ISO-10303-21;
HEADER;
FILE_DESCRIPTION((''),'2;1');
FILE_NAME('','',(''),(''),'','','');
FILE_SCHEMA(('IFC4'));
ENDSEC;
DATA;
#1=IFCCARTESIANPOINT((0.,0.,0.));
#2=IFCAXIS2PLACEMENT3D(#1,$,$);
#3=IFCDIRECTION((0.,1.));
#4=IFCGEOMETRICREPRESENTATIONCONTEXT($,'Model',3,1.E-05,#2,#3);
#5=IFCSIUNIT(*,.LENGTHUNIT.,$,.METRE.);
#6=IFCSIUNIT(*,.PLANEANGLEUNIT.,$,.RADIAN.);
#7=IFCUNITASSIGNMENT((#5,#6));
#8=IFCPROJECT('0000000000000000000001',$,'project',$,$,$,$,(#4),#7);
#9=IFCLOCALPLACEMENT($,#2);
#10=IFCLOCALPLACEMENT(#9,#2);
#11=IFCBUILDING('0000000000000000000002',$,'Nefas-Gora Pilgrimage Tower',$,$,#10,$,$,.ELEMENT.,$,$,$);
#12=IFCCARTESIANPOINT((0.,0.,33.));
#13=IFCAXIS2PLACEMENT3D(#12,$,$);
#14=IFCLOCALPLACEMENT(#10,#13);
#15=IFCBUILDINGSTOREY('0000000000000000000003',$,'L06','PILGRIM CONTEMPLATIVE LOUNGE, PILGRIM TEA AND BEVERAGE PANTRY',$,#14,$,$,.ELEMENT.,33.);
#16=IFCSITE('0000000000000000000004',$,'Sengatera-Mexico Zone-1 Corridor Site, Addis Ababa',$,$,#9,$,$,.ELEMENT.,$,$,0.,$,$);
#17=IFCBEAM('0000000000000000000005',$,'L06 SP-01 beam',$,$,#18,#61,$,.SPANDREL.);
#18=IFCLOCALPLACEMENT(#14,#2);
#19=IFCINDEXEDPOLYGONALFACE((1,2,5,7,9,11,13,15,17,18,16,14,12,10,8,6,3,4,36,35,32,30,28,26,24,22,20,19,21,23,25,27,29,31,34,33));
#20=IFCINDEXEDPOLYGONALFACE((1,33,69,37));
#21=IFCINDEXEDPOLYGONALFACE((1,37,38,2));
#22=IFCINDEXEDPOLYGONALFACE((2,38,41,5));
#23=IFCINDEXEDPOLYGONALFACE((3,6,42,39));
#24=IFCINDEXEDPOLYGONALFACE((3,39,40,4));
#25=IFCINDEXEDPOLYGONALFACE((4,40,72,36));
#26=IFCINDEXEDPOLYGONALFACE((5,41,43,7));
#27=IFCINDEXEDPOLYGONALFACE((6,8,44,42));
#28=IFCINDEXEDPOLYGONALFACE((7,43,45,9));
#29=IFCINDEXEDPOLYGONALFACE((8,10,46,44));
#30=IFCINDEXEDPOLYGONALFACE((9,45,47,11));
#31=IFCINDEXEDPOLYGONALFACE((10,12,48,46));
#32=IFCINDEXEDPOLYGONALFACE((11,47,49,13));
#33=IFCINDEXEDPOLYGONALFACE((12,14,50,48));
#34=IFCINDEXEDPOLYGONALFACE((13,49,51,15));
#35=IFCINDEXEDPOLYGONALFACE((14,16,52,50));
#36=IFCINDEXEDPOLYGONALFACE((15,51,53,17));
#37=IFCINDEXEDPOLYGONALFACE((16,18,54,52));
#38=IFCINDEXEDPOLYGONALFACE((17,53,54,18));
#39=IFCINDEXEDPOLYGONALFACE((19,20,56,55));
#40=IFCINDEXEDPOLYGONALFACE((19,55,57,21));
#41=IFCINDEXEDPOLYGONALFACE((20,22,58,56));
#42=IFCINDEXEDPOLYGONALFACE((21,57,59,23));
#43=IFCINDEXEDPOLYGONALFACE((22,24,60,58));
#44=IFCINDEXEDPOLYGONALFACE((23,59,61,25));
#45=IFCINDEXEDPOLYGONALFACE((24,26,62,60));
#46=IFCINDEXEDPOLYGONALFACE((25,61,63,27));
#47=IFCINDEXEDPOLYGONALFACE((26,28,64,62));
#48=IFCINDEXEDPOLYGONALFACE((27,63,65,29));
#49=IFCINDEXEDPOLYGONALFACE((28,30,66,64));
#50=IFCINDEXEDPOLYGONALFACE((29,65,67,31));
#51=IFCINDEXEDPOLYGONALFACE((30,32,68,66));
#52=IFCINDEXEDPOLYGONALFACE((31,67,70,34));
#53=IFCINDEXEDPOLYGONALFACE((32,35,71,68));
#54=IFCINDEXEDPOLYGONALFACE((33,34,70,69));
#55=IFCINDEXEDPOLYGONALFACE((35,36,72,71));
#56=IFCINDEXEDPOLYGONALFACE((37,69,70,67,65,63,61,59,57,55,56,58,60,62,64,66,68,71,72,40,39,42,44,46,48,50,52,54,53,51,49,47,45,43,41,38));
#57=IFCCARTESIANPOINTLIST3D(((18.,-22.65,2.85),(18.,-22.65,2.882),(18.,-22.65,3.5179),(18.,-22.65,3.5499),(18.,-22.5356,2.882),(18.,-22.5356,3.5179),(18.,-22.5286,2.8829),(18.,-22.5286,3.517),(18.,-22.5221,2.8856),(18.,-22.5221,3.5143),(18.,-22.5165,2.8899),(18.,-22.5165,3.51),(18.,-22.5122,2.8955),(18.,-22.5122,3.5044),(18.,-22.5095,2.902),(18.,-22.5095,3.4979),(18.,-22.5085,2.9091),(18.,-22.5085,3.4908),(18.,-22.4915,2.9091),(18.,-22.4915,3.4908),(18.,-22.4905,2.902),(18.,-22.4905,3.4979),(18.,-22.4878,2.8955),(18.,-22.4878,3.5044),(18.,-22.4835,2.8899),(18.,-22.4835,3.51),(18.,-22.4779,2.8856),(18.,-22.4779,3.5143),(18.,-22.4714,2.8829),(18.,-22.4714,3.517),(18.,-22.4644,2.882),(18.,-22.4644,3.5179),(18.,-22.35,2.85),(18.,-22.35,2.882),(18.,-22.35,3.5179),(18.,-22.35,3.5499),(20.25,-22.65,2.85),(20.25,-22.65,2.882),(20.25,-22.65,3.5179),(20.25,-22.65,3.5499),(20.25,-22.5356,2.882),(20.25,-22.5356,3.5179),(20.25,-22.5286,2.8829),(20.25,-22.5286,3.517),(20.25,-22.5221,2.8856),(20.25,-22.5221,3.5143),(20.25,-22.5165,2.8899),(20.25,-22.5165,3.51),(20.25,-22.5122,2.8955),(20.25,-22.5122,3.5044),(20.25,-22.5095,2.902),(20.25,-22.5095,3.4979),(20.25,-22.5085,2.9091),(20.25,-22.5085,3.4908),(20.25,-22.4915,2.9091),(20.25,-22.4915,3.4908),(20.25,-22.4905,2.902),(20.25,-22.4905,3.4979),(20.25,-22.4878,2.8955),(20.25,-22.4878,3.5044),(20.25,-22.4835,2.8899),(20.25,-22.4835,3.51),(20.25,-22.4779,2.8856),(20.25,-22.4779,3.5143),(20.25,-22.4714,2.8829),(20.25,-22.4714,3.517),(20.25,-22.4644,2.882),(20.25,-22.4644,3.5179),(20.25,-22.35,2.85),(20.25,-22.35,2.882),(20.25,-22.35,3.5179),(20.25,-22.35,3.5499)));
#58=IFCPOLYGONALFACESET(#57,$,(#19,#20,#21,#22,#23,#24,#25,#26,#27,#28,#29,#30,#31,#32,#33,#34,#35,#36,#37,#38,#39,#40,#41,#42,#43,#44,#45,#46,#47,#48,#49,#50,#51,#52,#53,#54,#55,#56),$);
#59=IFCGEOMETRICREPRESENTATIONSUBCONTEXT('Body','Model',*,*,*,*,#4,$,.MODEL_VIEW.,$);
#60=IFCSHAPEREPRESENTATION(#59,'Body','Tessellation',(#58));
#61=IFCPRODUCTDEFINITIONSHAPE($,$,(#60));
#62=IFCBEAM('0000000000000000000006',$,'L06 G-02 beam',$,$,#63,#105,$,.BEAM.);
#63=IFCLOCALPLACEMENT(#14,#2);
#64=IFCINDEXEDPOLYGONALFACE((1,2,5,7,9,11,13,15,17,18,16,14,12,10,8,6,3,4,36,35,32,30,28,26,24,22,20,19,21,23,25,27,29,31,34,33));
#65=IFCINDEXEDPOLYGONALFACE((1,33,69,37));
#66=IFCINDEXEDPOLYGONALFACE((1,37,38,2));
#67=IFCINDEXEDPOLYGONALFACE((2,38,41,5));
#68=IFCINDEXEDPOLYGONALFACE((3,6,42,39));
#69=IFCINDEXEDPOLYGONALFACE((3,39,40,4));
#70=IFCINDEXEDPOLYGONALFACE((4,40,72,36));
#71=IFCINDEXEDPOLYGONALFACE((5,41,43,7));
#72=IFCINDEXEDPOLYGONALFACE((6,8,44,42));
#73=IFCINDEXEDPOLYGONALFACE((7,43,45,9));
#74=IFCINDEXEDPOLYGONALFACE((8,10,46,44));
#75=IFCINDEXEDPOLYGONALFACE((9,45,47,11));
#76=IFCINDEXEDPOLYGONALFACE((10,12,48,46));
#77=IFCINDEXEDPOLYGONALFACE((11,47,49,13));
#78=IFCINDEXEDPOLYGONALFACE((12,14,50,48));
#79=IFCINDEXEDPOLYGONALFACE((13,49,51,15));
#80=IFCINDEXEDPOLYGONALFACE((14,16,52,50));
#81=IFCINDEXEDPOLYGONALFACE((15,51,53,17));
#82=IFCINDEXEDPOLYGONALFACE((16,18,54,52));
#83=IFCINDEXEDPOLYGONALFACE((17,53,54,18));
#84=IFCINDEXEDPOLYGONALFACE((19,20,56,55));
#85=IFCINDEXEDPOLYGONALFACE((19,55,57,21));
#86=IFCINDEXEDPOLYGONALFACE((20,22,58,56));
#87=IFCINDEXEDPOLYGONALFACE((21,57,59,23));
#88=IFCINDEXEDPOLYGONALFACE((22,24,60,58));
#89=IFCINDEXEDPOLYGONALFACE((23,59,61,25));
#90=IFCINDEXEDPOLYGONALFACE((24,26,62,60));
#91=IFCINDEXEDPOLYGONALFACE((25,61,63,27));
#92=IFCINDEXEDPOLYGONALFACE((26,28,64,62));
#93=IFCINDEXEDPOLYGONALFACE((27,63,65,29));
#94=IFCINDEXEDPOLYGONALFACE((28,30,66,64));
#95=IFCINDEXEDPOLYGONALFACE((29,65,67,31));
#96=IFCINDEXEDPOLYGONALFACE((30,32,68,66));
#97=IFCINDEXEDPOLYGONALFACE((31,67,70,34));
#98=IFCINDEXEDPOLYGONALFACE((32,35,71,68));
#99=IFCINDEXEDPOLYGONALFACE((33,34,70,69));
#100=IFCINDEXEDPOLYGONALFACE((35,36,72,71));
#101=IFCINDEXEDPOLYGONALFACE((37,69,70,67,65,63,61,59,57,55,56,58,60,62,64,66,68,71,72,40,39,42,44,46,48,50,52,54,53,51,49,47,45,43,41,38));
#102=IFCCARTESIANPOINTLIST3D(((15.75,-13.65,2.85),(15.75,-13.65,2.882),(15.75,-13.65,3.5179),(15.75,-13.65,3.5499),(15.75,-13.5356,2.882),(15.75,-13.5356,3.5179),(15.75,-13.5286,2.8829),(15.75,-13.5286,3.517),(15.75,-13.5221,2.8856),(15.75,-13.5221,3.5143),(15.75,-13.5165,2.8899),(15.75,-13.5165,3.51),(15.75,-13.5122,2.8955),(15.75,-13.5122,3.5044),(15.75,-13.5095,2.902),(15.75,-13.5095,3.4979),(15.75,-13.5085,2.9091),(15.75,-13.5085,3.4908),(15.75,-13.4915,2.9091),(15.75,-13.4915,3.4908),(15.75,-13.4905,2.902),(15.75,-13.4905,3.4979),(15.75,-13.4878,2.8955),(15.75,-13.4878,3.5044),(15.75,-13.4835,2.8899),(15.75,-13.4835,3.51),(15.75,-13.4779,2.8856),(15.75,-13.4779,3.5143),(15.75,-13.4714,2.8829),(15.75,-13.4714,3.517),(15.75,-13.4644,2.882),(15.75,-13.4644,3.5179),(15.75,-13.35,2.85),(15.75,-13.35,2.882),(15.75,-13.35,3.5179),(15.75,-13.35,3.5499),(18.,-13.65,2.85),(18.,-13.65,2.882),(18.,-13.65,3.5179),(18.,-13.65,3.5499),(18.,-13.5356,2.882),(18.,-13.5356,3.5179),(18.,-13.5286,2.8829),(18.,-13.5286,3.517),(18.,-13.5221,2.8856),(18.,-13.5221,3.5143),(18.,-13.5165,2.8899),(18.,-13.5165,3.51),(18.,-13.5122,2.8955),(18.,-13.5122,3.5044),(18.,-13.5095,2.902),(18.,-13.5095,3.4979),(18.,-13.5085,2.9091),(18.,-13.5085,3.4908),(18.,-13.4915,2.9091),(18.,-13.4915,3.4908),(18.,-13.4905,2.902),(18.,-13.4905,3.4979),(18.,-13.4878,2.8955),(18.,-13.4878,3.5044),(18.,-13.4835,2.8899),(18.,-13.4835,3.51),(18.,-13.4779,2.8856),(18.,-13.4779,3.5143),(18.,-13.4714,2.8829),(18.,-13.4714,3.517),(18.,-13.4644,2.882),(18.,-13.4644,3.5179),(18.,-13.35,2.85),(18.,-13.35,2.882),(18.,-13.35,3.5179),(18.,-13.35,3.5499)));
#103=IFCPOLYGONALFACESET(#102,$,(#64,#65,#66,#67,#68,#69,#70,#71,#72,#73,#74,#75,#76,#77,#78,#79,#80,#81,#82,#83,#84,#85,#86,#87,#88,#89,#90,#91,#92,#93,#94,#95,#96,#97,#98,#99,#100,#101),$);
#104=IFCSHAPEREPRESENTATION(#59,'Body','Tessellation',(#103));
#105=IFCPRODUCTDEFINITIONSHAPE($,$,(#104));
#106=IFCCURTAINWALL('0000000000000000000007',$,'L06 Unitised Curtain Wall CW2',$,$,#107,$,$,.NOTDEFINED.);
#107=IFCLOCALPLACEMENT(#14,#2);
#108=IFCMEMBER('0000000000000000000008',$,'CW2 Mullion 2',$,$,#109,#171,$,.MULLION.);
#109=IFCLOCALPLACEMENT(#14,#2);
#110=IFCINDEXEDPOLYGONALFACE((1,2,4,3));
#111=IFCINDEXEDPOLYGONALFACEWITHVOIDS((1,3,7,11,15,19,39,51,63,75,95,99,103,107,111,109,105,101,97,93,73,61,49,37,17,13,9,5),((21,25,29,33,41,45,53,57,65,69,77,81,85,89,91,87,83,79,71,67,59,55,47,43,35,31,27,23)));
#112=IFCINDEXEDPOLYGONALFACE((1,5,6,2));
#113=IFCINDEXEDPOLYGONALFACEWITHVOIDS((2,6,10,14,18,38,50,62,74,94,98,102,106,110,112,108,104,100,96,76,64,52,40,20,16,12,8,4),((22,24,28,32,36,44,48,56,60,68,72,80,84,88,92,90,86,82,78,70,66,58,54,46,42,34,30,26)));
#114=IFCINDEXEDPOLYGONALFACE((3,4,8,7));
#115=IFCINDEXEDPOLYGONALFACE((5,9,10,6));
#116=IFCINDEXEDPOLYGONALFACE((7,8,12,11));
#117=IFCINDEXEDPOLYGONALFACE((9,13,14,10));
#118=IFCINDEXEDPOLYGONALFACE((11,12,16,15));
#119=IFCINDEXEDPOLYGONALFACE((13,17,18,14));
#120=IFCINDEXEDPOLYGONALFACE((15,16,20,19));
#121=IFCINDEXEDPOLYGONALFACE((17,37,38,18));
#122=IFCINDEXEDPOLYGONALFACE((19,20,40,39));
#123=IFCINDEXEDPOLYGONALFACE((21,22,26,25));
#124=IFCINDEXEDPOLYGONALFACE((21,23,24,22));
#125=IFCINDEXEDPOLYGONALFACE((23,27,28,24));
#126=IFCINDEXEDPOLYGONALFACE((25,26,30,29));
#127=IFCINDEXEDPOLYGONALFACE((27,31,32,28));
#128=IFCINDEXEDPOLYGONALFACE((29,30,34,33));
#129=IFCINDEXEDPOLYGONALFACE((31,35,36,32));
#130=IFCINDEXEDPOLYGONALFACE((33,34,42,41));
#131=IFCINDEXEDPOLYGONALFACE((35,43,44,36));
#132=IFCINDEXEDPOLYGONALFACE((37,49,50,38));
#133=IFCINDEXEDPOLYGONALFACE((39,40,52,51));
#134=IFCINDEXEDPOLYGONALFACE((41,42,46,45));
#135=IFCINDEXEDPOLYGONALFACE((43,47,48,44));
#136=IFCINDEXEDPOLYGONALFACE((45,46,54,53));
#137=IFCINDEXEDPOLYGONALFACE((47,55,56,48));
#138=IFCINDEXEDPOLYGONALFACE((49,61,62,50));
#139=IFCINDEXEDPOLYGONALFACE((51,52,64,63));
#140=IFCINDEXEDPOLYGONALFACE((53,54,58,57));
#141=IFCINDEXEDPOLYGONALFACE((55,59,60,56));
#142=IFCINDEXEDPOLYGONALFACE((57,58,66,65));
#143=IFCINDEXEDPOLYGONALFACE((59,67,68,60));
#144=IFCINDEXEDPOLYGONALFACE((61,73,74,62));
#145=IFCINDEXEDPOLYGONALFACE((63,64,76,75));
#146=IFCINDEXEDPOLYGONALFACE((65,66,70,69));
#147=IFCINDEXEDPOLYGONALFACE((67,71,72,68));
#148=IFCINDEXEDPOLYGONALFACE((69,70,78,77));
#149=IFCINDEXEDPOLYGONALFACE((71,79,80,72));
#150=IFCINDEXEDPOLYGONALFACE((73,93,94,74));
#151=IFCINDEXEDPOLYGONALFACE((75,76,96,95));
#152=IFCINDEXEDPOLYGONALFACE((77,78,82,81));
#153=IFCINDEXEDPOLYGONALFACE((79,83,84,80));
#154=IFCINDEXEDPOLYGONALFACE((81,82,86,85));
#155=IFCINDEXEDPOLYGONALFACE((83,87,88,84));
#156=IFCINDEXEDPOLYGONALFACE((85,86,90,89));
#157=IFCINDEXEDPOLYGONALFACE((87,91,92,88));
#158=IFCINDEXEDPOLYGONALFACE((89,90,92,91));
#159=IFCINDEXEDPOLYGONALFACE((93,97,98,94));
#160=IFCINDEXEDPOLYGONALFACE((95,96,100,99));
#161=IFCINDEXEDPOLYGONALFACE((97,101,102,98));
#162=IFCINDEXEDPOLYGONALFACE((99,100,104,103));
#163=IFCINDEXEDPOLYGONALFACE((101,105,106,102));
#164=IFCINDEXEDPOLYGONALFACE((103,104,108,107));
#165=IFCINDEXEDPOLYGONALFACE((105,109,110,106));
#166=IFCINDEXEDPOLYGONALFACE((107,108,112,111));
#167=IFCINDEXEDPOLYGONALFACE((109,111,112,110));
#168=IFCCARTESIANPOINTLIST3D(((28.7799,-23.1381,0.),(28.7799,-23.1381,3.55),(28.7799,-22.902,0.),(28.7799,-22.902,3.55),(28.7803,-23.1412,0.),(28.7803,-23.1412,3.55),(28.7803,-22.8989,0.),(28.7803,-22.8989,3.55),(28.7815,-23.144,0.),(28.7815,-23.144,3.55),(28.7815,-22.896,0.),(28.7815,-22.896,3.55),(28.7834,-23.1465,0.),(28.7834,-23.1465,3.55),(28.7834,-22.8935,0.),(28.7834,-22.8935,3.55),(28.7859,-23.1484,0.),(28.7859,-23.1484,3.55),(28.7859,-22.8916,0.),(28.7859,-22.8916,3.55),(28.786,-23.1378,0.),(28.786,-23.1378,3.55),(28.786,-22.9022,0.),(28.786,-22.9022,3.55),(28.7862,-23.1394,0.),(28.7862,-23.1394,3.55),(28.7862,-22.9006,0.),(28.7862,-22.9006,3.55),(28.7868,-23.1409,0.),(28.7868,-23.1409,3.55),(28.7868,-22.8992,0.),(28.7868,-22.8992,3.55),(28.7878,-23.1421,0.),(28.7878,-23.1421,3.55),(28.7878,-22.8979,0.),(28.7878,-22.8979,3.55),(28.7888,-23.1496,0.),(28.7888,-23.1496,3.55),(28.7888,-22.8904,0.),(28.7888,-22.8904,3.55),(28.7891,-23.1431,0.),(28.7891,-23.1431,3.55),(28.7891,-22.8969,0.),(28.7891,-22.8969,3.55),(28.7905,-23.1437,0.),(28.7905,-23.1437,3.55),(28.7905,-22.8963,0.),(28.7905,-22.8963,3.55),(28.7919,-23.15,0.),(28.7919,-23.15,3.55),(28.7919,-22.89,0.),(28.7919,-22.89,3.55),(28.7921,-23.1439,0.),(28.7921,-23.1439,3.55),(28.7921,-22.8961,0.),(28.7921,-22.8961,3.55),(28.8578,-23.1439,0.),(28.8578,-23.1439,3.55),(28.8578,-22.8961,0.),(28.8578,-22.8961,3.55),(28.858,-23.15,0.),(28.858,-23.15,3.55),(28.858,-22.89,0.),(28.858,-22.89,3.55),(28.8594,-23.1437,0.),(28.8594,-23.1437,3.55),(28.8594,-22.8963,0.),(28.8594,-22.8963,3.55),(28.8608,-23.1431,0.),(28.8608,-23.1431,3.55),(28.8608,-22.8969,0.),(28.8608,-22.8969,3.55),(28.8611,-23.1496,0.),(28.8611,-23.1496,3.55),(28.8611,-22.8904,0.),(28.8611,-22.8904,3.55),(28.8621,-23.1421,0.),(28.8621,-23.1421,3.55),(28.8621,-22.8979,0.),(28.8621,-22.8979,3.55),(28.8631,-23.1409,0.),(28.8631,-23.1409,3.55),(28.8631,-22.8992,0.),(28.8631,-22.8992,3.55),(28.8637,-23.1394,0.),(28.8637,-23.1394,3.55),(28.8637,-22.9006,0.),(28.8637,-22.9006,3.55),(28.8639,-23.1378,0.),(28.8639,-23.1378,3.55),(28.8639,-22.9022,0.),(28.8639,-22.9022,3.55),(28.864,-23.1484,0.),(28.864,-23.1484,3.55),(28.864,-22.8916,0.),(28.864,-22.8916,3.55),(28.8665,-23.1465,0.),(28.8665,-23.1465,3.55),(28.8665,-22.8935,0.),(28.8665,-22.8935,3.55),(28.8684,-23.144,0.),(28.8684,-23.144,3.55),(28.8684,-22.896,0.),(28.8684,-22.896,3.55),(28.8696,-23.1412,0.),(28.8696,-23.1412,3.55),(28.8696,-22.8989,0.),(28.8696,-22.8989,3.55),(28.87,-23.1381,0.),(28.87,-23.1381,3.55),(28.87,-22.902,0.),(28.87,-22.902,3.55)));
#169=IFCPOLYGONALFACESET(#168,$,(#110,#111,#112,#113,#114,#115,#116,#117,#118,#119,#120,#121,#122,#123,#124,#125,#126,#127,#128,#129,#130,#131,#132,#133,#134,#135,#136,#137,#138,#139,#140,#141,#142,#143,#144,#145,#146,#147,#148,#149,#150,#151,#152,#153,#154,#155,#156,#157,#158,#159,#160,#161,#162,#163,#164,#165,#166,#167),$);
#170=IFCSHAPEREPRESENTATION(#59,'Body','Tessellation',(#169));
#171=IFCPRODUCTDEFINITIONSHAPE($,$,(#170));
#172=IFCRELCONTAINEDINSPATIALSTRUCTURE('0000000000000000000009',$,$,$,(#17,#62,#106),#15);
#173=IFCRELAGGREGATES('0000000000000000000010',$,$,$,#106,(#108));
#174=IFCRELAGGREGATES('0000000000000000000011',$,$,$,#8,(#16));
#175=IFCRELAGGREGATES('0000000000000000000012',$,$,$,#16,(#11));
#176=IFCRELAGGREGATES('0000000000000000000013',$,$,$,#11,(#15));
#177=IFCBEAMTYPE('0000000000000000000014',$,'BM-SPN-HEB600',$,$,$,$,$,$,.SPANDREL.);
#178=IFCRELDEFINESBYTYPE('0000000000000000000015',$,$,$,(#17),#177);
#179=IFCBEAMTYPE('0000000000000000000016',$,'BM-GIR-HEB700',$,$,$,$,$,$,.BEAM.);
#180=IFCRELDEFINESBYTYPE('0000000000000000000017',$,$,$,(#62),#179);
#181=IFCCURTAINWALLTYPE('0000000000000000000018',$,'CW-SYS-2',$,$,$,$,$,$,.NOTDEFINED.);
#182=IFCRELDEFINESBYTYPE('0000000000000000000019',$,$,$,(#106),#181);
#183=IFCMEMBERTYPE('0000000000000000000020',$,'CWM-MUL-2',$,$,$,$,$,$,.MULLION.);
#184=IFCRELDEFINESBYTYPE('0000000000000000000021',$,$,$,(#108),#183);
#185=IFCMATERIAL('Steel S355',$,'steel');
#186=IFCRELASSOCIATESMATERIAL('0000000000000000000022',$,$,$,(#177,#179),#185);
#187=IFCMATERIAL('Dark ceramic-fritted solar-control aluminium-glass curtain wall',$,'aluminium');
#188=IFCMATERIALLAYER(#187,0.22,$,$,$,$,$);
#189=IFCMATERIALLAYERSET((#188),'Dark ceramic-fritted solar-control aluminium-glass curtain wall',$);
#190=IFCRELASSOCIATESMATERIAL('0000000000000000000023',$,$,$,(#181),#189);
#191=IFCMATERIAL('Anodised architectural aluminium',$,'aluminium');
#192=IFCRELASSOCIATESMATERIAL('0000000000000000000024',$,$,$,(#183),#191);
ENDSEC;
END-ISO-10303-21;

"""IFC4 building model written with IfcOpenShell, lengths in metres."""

from ifc_helpers import new_model, si_unit, direction, frame, origin, origin_2d, place, context, subcontext, project, spatial, hollow_rectangle, i_section, extrude, source, transform, mapped, material, layer, layer_set, material_profile, profile_set, type_object, element, aggregate, save


model = new_model("IFC4")

# Units and contexts
model_context = context("Model", 3, precision=1e-05, world=origin(), true_north=direction((0.0, 1.0)))
body_context = subcontext(model_context, "Body", "Model", "MODEL_VIEW")
ifc_project = project(units=[si_unit("LENGTHUNIT", "METRE"), si_unit("PLANEANGLEUNIT", "RADIAN")], contexts=[model_context])

# Site, building, storey
site_placement = place(None, origin())
site = spatial("IfcSite", under=ifc_project, at=site_placement, Name="Sengatera-Mexico Zone-1 Corridor Site, Addis Ababa", CompositionType="ELEMENT", RefElevation=0.0)
building_placement = place(site_placement, origin())
building = spatial("IfcBuilding", under=site, at=building_placement, Name="Nefas-Gora Pilgrimage Tower", CompositionType="ELEMENT")
storey_placement = place(building_placement, frame((0.0, 0.0, 33.0)))
storey = spatial("IfcBuildingStorey", under=building, at=storey_placement, Name="L06", Description="PILGRIM CONTEMPLATIVE LOUNGE, PILGRIM TEA AND BEVERAGE PANTRY", CompositionType="ELEMENT", Elevation=33.0)

# Beams
ifc_material_1 = material(Name="Steel S355", Category="steel")
ifc_material_profile_1 = material_profile(ifc_material_1, i_section(OverallWidth=0.3, OverallDepth=0.7, WebThickness=0.0171, FlangeThickness=0.032, FilletRadius=0.0271, at=origin_2d()), Name="HEB 700")
ifc_profile_set_1 = profile_set([ifc_material_profile_1], Name="Steel S355")
beam_type_1 = type_object("IfcBeamType", Name="BM-SPN-HEB600", PredefinedType="SPANDREL", material=ifc_profile_set_1)
ifc_material_profile_2 = material_profile(ifc_material_1, i_section(OverallWidth=0.3, OverallDepth=0.7, WebThickness=0.0171, FlangeThickness=0.032, FilletRadius=0.0271, at=origin_2d()), Name="HEB 700")
ifc_profile_set_2 = profile_set([ifc_material_profile_2], Name="Steel S355")
beam_type_2 = type_object("IfcBeamType", Name="BM-GIR-HEB700", PredefinedType="BEAM", material=ifc_profile_set_2)
shared_shape_1 = source(origin(), body_context, "Body", "SweptSolid", [
    extrude(i_section(OverallWidth=0.3, OverallDepth=0.7, WebThickness=0.0171, FlangeThickness=0.032, FilletRadius=0.0271, at=origin_2d()), origin(), (0.0, 0.0, 1.0), 2.25),
])
for number, where, z_axis, x_axis, name in (
    (1, (18.0, -22.5, 3.2), (1.0, 0.0, 0.0), (0.0, 1.0, 0.0), "L06 SP-01 beam"),
):
    element("IfcBeam", number, at=place(storey_placement, frame(where, z_axis=z_axis, x_axis=x_axis)), inside=storey, type_object=beam_type_1, Name=name, PredefinedType="SPANDREL", context=body_context, shape_type="MappedRepresentation", body=[
        mapped(shared_shape_1, transform((0.0, 0.0, 0.0), x_axis=(1.0, 0.0, 0.0), y_axis=(0.0, 1.0, 0.0), z_axis=(0.0, 0.0, 1.0), scale=1.0)),
    ])
shared_shape_2 = source(origin(), body_context, "Body", "SweptSolid", [
    extrude(i_section(OverallWidth=0.3, OverallDepth=0.7, WebThickness=0.0171, FlangeThickness=0.032, FilletRadius=0.0271, at=origin_2d()), origin(), (0.0, 0.0, 1.0), 2.25),
])
beam_1_placement = place(storey_placement, frame((15.75, -13.5, 3.2), z_axis=(1.0, 0.0, 0.0), x_axis=(0.0, 1.0, 0.0)))
element("IfcBeam", 2, at=beam_1_placement, inside=storey, type_object=beam_type_2, Name="L06 G-02 beam", PredefinedType="BEAM", context=body_context, shape_type="MappedRepresentation", body=[
    mapped(shared_shape_2, transform((0.0, 0.0, 0.0), x_axis=(1.0, 0.0, 0.0), y_axis=(0.0, 1.0, 0.0), z_axis=(0.0, 0.0, 1.0), scale=1.0)),
])

# Curtain wall, member
ifc_material_2 = material(Name="Dark ceramic-fritted solar-control aluminium-glass curtain wall", Category="aluminium")
ifc_layer_1 = layer(ifc_material_2, 0.22)
ifc_layer_set_1 = layer_set([ifc_layer_1], Name="Dark ceramic-fritted solar-control aluminium-glass curtain wall")
curtain_wall_type = type_object("IfcCurtainWallType", Name="CW-SYS-2", PredefinedType="NOTDEFINED", material=ifc_layer_set_1)
curtain_wall_1_placement = place(storey_placement, origin())
curtain_wall_1 = element("IfcCurtainWall", 3, at=curtain_wall_1_placement, inside=storey, type_object=curtain_wall_type, Name="L06 Unitised Curtain Wall CW2", PredefinedType="NOTDEFINED")
ifc_material_3 = material(Name="Anodised architectural aluminium", Category="aluminium")
ifc_material_profile_3 = material_profile(ifc_material_3, hollow_rectangle(XDim=0.0901, YDim=0.26, WallThickness=0.0061, InnerFilletRadius=0.0061, OuterFilletRadius=0.012, at=origin_2d()), Name="ALU MULLION 90x260")
ifc_profile_set_3 = profile_set([ifc_material_profile_3], Name="Anodised architectural aluminium")
member_type_1 = type_object("IfcMemberType", Name="CWM-MUL-2", PredefinedType="MULLION", material=ifc_profile_set_3)
shared_shape_3 = source(origin(), body_context, "Body", "SweptSolid", [
    extrude(hollow_rectangle(XDim=0.0901, YDim=0.26, WallThickness=0.0061, InnerFilletRadius=0.0061, OuterFilletRadius=0.012, at=origin_2d()), origin(), (0.0, 0.0, 1.0), 3.55),
])
member_1_placement = place(storey_placement, frame((28.825, -23.02, 0.0), z_axis=(0.0, 0.0, 1.0), x_axis=(1.0, 0.0, 0.0)))
member_1 = element("IfcMember", 4, at=member_1_placement, type_object=member_type_1, Name="CW2 Mullion 2", PredefinedType="MULLION", context=body_context, shape_type="MappedRepresentation", body=[
    mapped(shared_shape_3, transform((0.0, 0.0, 0.0), x_axis=(1.0, 0.0, 0.0), y_axis=(0.0, 1.0, 0.0), z_axis=(0.0, 0.0, 1.0), scale=1.0)),
])

aggregate(curtain_wall_1, [member_1])

save(model, "model.ifc")
